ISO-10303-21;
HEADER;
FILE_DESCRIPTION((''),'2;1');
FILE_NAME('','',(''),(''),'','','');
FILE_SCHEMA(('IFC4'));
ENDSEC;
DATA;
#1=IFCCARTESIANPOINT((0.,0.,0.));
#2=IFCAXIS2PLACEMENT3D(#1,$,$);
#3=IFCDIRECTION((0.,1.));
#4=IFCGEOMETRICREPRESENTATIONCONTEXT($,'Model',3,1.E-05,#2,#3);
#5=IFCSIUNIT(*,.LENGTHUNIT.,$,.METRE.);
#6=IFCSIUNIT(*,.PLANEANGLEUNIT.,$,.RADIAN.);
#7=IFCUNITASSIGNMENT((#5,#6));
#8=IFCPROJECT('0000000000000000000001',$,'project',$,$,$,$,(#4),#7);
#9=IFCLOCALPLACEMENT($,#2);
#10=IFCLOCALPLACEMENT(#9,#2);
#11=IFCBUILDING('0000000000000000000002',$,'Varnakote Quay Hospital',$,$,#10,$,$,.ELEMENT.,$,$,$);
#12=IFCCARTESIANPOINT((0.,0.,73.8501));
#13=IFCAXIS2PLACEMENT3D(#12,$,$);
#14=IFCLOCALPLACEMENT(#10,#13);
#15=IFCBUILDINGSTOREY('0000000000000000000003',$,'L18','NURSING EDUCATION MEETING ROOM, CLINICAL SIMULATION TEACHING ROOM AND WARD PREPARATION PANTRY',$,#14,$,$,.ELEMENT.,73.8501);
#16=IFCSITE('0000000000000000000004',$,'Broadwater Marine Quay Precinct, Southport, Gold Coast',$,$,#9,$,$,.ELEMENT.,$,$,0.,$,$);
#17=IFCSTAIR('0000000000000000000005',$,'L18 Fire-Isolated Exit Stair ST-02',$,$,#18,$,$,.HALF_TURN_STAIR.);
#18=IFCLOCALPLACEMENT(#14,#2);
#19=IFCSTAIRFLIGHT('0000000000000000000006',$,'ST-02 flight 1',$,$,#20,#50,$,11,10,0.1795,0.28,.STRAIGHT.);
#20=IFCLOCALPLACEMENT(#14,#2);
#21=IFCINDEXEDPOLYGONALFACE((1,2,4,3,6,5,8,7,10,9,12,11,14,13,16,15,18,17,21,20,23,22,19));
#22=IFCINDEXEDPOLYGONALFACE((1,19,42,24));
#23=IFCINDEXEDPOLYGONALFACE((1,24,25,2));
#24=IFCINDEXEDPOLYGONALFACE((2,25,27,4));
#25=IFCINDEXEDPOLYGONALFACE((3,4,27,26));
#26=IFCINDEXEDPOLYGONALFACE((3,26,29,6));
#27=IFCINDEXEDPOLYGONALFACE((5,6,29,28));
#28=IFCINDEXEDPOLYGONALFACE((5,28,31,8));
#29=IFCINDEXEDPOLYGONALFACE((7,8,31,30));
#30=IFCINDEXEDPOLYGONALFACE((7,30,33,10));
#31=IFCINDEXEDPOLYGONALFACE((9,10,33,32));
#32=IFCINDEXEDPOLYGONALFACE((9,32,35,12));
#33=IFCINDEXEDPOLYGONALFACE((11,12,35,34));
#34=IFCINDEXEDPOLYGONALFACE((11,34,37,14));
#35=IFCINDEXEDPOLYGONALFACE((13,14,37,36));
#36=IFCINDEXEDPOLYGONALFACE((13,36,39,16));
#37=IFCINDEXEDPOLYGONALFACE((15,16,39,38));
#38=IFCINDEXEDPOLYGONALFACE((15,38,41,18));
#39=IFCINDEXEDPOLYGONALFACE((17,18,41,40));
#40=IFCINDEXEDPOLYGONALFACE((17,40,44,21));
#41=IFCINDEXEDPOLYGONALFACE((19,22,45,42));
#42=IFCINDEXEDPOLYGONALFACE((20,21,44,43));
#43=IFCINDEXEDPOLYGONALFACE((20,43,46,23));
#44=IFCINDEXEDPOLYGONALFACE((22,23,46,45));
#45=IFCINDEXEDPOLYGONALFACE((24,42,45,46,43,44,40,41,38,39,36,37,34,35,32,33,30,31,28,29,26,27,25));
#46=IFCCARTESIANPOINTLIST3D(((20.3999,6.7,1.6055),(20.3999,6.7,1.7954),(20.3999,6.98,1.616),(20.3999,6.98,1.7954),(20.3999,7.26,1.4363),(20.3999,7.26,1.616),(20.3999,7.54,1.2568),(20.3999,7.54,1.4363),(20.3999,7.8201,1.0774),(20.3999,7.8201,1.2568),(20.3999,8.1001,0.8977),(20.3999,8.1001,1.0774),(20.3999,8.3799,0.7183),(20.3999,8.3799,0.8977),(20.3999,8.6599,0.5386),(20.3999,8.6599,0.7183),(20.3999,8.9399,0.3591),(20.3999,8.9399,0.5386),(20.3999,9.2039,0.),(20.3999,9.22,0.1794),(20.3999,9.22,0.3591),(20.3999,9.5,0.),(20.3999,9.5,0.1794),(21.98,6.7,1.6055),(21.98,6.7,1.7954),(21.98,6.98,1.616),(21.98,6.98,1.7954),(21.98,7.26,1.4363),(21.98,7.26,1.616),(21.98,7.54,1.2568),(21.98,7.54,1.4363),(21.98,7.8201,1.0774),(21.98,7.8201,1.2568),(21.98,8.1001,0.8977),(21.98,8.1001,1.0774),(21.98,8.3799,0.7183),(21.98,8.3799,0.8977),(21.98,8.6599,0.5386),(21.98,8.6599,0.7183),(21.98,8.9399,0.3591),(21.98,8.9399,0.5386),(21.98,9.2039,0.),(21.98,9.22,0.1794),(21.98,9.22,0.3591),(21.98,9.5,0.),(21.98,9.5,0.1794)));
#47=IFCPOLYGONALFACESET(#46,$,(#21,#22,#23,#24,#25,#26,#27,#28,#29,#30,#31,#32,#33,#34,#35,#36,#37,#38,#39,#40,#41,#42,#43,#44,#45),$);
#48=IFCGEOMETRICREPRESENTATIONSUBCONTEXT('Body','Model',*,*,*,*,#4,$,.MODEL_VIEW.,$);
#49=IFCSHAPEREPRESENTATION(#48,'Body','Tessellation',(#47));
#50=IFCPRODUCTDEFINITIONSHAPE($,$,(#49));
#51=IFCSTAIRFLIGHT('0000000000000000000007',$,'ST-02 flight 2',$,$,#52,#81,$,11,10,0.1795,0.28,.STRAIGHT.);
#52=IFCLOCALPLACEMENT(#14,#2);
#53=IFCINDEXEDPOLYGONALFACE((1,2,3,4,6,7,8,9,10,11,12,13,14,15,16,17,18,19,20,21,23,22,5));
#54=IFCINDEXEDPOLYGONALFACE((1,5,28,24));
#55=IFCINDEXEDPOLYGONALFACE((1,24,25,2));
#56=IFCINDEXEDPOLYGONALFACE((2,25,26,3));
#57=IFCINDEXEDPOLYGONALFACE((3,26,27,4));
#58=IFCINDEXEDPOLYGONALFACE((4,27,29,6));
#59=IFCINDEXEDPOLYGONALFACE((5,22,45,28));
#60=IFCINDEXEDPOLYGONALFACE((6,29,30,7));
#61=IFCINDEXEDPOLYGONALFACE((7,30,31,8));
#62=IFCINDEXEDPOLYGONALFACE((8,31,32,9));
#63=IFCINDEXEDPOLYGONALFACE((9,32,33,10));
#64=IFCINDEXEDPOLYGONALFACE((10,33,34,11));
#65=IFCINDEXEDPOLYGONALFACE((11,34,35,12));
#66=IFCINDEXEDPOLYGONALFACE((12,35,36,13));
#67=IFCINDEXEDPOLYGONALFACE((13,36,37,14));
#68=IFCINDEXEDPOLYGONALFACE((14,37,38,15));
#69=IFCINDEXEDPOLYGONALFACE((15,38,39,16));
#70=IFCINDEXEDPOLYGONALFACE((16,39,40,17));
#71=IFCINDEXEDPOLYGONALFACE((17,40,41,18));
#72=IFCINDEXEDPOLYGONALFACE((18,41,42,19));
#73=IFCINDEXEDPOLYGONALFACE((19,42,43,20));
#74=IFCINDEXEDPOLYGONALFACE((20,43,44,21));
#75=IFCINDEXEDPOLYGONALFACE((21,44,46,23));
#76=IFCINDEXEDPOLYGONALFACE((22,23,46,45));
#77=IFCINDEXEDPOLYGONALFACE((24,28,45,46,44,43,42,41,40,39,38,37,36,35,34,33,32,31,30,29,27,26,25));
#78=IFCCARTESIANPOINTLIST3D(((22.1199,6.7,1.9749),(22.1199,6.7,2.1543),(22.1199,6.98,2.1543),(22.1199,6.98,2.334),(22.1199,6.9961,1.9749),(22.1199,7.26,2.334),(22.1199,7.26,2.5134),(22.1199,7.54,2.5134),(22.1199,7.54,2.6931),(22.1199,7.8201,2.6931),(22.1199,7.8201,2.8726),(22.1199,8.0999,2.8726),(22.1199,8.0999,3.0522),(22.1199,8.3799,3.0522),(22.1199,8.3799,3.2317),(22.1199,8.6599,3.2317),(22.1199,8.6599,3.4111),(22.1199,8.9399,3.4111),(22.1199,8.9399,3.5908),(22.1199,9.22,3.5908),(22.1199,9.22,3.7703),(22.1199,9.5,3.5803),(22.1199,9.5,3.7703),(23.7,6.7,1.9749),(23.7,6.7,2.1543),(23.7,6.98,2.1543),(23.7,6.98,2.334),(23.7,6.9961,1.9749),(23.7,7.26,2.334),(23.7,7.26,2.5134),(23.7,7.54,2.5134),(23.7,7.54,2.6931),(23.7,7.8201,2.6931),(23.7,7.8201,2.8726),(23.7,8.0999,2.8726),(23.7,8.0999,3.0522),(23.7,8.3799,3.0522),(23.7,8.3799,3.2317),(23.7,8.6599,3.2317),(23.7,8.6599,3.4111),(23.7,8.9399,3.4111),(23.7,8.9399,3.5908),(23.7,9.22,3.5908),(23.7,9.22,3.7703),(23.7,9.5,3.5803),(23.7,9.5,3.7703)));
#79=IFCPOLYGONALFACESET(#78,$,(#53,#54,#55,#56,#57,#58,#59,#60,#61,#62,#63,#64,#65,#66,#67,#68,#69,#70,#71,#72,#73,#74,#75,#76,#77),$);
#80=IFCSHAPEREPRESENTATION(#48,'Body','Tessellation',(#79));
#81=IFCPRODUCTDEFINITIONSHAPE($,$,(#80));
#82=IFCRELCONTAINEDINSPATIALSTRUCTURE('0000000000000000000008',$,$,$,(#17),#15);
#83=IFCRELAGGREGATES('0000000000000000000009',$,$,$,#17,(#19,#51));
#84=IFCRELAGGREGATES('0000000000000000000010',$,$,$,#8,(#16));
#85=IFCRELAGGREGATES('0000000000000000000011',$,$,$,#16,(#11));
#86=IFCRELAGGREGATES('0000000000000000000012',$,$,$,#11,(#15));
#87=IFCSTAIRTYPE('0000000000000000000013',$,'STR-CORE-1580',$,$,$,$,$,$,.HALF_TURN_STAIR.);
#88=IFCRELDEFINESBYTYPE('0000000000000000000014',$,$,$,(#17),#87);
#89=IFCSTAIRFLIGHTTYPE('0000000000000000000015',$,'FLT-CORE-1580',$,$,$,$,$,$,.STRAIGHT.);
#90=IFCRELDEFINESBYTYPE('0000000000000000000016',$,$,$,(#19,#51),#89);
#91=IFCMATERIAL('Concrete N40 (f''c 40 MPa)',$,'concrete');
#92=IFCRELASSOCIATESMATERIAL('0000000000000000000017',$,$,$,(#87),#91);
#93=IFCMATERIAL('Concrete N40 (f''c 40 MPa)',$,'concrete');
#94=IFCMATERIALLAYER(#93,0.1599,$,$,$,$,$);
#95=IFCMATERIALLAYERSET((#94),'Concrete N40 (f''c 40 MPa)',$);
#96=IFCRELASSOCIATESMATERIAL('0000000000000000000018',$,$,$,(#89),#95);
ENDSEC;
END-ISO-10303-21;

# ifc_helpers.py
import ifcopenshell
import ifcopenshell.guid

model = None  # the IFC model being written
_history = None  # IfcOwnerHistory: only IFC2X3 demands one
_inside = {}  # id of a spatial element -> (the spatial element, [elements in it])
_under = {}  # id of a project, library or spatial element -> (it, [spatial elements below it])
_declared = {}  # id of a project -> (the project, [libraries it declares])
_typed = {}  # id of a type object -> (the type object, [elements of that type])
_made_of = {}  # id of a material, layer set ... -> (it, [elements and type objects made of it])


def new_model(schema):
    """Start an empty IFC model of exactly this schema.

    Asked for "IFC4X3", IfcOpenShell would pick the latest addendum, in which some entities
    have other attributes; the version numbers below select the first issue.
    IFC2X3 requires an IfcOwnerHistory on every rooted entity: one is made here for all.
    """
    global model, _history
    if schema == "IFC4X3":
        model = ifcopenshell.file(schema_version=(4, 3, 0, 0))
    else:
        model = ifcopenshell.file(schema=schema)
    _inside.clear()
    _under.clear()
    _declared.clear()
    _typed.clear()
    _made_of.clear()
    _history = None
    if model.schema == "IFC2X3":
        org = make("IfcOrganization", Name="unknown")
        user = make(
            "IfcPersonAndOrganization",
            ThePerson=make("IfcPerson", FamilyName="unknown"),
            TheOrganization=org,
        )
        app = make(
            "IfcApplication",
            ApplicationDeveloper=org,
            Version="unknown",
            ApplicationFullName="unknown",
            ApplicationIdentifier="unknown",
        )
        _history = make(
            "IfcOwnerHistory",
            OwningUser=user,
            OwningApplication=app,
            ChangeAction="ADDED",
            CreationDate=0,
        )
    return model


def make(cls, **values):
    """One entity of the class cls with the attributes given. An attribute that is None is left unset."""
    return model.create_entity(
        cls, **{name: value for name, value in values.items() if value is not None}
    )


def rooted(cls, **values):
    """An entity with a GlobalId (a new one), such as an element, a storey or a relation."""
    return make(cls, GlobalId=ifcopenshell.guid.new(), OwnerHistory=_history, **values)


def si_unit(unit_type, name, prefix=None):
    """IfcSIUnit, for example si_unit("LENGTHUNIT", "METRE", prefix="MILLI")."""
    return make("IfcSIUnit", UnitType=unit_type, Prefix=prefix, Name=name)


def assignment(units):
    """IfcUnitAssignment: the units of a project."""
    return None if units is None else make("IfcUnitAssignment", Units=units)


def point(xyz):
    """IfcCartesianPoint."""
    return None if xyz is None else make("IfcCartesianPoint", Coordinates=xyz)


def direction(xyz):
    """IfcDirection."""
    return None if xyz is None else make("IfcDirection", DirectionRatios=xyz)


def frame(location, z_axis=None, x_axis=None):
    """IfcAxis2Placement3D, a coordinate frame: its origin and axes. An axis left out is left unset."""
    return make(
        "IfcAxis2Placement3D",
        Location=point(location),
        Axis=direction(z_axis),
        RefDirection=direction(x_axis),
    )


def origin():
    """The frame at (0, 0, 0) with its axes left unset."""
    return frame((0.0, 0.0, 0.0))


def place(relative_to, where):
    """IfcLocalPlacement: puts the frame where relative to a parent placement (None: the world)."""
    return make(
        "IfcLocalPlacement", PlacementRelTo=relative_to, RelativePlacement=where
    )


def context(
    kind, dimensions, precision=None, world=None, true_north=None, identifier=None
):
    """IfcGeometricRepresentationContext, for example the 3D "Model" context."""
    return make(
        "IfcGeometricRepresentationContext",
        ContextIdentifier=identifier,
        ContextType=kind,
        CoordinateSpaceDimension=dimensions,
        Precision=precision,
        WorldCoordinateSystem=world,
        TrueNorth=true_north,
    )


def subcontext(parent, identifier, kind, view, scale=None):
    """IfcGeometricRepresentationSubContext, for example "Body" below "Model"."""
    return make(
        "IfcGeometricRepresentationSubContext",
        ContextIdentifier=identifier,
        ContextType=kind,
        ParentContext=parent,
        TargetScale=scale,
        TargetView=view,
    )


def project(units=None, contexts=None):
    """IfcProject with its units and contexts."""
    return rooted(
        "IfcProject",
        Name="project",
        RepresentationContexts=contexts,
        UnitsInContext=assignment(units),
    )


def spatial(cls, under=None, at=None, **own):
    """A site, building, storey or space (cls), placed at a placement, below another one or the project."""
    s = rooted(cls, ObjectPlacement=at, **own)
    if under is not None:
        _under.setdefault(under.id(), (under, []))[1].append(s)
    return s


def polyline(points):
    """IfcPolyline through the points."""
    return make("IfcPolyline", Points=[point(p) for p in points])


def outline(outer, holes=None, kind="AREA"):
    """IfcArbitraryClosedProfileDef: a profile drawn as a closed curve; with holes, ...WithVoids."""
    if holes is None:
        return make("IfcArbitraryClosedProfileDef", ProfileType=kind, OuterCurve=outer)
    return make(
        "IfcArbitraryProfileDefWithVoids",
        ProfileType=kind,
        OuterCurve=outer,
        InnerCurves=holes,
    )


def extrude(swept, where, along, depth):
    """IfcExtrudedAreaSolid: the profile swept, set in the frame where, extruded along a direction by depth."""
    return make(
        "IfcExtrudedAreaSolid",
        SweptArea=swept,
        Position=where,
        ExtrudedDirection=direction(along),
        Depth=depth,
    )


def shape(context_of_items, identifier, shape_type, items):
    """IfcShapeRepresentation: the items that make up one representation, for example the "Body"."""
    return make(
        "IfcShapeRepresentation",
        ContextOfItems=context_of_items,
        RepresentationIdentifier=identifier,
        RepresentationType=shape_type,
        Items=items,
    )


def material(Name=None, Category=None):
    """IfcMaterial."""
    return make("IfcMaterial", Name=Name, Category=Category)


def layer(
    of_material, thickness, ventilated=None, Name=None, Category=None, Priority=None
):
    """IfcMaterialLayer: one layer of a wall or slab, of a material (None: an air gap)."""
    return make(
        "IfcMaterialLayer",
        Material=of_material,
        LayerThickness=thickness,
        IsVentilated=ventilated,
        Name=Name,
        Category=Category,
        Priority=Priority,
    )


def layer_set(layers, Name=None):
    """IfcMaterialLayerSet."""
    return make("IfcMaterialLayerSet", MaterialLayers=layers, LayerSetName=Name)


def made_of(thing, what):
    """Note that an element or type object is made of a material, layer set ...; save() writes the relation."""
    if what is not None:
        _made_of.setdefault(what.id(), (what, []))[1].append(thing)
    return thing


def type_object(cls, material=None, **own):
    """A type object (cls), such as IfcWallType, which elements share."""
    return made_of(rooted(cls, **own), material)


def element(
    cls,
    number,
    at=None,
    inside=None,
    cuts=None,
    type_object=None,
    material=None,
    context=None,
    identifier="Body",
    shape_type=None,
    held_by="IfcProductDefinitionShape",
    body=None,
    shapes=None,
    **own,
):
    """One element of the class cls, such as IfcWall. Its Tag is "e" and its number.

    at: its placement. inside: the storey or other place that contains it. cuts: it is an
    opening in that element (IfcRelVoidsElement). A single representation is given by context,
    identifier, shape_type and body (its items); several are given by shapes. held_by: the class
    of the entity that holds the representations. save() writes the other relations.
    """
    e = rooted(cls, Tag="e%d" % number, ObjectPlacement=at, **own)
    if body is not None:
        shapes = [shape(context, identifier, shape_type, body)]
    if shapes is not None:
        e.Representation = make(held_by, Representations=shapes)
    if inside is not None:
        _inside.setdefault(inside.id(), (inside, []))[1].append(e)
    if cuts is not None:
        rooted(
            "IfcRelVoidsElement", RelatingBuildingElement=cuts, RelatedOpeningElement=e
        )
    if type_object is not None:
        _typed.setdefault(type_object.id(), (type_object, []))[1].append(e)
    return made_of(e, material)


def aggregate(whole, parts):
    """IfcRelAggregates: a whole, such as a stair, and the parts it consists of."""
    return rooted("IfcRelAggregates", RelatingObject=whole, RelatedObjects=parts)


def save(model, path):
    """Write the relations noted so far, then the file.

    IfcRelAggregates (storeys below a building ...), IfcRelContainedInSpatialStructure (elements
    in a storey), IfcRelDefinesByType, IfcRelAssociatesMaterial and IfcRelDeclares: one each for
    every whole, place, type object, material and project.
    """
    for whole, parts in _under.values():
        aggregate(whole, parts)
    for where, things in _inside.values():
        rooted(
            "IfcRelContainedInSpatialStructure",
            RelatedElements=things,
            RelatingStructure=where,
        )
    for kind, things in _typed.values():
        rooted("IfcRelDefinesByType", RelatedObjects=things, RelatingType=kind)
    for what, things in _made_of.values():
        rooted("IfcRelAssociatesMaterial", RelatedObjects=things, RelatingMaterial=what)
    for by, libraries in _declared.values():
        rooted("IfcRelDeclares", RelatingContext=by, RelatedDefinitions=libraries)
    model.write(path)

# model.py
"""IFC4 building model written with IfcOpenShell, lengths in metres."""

from ifc_helpers import new_model, si_unit, direction, frame, origin, place, context, subcontext, project, spatial, polyline, outline, extrude, material, layer, layer_set, type_object, element, aggregate, save


model = new_model("IFC4")

# Units and contexts
model_context = context("Model", 3, precision=1e-05, world=origin(), true_north=direction((0.0, 1.0)))
body_context = subcontext(model_context, "Body", "Model", "MODEL_VIEW")
ifc_project = project(units=[si_unit("LENGTHUNIT", "METRE"), si_unit("PLANEANGLEUNIT", "RADIAN")], contexts=[model_context])

# Site, building, storey
site_placement = place(None, origin())
site = spatial("IfcSite", under=ifc_project, at=site_placement, Name="Broadwater Marine Quay Precinct, Southport, Gold Coast", CompositionType="ELEMENT", RefElevation=0.0)
building_placement = place(site_placement, origin())
building = spatial("IfcBuilding", under=site, at=building_placement, Name="Varnakote Quay Hospital", CompositionType="ELEMENT")
storey_placement = place(building_placement, frame((0.0, 0.0, 73.8501)))
storey = spatial("IfcBuildingStorey", under=building, at=storey_placement, Name="L18", Description="NURSING EDUCATION MEETING ROOM, CLINICAL SIMULATION TEACHING ROOM AND WARD PREPARATION PANTRY", CompositionType="ELEMENT", Elevation=73.8501)

# Stair, stair flights
ifc_material_1 = material(Name="Concrete N40 (f'c 40 MPa)", Category="concrete")
stair_type = type_object("IfcStairType", Name="STR-CORE-1580", PredefinedType="HALF_TURN_STAIR", material=ifc_material_1)
stair_placement = place(storey_placement, origin())
stair = element("IfcStair", 1, at=stair_placement, inside=storey, type_object=stair_type, Name="L18 Fire-Isolated Exit Stair ST-02", PredefinedType="HALF_TURN_STAIR")
ifc_material_2 = material(Name="Concrete N40 (f'c 40 MPa)", Category="concrete")
ifc_layer_1 = layer(ifc_material_2, 0.1599)
ifc_layer_set_1 = layer_set([ifc_layer_1], Name="Concrete N40 (f'c 40 MPa)")
stair_flight_type = type_object("IfcStairFlightType", Name="FLT-CORE-1580", PredefinedType="STRAIGHT", material=ifc_layer_set_1)
stair_flight_1_placement = place(storey_placement, frame((21.1899, 9.5, 0.0), z_axis=(0.0, 0.0, 1.0), x_axis=(0.0, -1.0, 0.0)))
stair_flight_1 = element("IfcStairFlight", 2, at=stair_flight_1_placement, type_object=stair_flight_type, Name="ST-02 flight 1", NumberOfRisers=11, NumberOfTreads=10, PredefinedType="STRAIGHT", RiserHeight=0.1795, TreadLength=0.28, context=body_context, shape_type="SweptSolid", body=[
    extrude(outline(polyline([(0.0, 0.0), (0.0, 0.1794), (0.28, 0.1794), (0.28, 0.3591), (0.5601, 0.3591), (0.5601, 0.5386), (0.8401, 0.5386), (0.8401, 0.7183), (1.1201, 0.7183), (1.1201, 0.8977), (1.3999, 0.8977), (1.3999, 1.0774), (1.6799, 1.0774), (1.6799, 1.2568), (1.96, 1.2568), (1.96, 1.4363), (2.24, 1.4363), (2.24, 1.616), (2.52, 1.616), (2.52, 1.7954), (2.8, 1.7954), (2.8, 1.9751), (2.8, 1.6055), (0.2961, 0.0), (0.0, 0.0)])), frame((0.0, 0.79, 0.0), z_axis=(0.0, -1.0, 0.0), x_axis=(1.0, 0.0, 0.0)), (0.0, 0.0, 1.0), 1.5801),
])
stair_flight_2_placement = place(storey_placement, frame((22.9099, 6.7, 1.9749), z_axis=(0.0, 0.0, 1.0), x_axis=(0.0, 1.0, 0.0)))
stair_flight_2 = element("IfcStairFlight", 3, at=stair_flight_2_placement, type_object=stair_flight_type, Name="ST-02 flight 2", NumberOfRisers=11, NumberOfTreads=10, PredefinedType="STRAIGHT", RiserHeight=0.1795, TreadLength=0.28, context=body_context, shape_type="SweptSolid", body=[
    extrude(outline(polyline([(0.0, 0.0), (0.0, 0.1794), (0.28, 0.1794), (0.28, 0.3591), (0.5601, 0.3591), (0.5601, 0.5386), (0.8401, 0.5386), (0.8401, 0.7183), (1.1201, 0.7183), (1.1201, 0.8977), (1.3999, 0.8977), (1.3999, 1.0774), (1.6799, 1.0774), (1.6799, 1.2568), (1.96, 1.2568), (1.96, 1.4363), (2.24, 1.4363), (2.24, 1.616), (2.52, 1.616), (2.52, 1.7954), (2.8, 1.7954), (2.8, 1.9751), (2.8, 1.6055), (0.2961, 0.0), (0.0, 0.0)])), frame((0.0, 0.79, 0.0), z_axis=(0.0, -1.0, 0.0), x_axis=(1.0, 0.0, 0.0)), (0.0, 0.0, 1.0), 1.5801),
])
aggregate(stair, [stair_flight_1, stair_flight_2])

save(model, "model.ifc")
